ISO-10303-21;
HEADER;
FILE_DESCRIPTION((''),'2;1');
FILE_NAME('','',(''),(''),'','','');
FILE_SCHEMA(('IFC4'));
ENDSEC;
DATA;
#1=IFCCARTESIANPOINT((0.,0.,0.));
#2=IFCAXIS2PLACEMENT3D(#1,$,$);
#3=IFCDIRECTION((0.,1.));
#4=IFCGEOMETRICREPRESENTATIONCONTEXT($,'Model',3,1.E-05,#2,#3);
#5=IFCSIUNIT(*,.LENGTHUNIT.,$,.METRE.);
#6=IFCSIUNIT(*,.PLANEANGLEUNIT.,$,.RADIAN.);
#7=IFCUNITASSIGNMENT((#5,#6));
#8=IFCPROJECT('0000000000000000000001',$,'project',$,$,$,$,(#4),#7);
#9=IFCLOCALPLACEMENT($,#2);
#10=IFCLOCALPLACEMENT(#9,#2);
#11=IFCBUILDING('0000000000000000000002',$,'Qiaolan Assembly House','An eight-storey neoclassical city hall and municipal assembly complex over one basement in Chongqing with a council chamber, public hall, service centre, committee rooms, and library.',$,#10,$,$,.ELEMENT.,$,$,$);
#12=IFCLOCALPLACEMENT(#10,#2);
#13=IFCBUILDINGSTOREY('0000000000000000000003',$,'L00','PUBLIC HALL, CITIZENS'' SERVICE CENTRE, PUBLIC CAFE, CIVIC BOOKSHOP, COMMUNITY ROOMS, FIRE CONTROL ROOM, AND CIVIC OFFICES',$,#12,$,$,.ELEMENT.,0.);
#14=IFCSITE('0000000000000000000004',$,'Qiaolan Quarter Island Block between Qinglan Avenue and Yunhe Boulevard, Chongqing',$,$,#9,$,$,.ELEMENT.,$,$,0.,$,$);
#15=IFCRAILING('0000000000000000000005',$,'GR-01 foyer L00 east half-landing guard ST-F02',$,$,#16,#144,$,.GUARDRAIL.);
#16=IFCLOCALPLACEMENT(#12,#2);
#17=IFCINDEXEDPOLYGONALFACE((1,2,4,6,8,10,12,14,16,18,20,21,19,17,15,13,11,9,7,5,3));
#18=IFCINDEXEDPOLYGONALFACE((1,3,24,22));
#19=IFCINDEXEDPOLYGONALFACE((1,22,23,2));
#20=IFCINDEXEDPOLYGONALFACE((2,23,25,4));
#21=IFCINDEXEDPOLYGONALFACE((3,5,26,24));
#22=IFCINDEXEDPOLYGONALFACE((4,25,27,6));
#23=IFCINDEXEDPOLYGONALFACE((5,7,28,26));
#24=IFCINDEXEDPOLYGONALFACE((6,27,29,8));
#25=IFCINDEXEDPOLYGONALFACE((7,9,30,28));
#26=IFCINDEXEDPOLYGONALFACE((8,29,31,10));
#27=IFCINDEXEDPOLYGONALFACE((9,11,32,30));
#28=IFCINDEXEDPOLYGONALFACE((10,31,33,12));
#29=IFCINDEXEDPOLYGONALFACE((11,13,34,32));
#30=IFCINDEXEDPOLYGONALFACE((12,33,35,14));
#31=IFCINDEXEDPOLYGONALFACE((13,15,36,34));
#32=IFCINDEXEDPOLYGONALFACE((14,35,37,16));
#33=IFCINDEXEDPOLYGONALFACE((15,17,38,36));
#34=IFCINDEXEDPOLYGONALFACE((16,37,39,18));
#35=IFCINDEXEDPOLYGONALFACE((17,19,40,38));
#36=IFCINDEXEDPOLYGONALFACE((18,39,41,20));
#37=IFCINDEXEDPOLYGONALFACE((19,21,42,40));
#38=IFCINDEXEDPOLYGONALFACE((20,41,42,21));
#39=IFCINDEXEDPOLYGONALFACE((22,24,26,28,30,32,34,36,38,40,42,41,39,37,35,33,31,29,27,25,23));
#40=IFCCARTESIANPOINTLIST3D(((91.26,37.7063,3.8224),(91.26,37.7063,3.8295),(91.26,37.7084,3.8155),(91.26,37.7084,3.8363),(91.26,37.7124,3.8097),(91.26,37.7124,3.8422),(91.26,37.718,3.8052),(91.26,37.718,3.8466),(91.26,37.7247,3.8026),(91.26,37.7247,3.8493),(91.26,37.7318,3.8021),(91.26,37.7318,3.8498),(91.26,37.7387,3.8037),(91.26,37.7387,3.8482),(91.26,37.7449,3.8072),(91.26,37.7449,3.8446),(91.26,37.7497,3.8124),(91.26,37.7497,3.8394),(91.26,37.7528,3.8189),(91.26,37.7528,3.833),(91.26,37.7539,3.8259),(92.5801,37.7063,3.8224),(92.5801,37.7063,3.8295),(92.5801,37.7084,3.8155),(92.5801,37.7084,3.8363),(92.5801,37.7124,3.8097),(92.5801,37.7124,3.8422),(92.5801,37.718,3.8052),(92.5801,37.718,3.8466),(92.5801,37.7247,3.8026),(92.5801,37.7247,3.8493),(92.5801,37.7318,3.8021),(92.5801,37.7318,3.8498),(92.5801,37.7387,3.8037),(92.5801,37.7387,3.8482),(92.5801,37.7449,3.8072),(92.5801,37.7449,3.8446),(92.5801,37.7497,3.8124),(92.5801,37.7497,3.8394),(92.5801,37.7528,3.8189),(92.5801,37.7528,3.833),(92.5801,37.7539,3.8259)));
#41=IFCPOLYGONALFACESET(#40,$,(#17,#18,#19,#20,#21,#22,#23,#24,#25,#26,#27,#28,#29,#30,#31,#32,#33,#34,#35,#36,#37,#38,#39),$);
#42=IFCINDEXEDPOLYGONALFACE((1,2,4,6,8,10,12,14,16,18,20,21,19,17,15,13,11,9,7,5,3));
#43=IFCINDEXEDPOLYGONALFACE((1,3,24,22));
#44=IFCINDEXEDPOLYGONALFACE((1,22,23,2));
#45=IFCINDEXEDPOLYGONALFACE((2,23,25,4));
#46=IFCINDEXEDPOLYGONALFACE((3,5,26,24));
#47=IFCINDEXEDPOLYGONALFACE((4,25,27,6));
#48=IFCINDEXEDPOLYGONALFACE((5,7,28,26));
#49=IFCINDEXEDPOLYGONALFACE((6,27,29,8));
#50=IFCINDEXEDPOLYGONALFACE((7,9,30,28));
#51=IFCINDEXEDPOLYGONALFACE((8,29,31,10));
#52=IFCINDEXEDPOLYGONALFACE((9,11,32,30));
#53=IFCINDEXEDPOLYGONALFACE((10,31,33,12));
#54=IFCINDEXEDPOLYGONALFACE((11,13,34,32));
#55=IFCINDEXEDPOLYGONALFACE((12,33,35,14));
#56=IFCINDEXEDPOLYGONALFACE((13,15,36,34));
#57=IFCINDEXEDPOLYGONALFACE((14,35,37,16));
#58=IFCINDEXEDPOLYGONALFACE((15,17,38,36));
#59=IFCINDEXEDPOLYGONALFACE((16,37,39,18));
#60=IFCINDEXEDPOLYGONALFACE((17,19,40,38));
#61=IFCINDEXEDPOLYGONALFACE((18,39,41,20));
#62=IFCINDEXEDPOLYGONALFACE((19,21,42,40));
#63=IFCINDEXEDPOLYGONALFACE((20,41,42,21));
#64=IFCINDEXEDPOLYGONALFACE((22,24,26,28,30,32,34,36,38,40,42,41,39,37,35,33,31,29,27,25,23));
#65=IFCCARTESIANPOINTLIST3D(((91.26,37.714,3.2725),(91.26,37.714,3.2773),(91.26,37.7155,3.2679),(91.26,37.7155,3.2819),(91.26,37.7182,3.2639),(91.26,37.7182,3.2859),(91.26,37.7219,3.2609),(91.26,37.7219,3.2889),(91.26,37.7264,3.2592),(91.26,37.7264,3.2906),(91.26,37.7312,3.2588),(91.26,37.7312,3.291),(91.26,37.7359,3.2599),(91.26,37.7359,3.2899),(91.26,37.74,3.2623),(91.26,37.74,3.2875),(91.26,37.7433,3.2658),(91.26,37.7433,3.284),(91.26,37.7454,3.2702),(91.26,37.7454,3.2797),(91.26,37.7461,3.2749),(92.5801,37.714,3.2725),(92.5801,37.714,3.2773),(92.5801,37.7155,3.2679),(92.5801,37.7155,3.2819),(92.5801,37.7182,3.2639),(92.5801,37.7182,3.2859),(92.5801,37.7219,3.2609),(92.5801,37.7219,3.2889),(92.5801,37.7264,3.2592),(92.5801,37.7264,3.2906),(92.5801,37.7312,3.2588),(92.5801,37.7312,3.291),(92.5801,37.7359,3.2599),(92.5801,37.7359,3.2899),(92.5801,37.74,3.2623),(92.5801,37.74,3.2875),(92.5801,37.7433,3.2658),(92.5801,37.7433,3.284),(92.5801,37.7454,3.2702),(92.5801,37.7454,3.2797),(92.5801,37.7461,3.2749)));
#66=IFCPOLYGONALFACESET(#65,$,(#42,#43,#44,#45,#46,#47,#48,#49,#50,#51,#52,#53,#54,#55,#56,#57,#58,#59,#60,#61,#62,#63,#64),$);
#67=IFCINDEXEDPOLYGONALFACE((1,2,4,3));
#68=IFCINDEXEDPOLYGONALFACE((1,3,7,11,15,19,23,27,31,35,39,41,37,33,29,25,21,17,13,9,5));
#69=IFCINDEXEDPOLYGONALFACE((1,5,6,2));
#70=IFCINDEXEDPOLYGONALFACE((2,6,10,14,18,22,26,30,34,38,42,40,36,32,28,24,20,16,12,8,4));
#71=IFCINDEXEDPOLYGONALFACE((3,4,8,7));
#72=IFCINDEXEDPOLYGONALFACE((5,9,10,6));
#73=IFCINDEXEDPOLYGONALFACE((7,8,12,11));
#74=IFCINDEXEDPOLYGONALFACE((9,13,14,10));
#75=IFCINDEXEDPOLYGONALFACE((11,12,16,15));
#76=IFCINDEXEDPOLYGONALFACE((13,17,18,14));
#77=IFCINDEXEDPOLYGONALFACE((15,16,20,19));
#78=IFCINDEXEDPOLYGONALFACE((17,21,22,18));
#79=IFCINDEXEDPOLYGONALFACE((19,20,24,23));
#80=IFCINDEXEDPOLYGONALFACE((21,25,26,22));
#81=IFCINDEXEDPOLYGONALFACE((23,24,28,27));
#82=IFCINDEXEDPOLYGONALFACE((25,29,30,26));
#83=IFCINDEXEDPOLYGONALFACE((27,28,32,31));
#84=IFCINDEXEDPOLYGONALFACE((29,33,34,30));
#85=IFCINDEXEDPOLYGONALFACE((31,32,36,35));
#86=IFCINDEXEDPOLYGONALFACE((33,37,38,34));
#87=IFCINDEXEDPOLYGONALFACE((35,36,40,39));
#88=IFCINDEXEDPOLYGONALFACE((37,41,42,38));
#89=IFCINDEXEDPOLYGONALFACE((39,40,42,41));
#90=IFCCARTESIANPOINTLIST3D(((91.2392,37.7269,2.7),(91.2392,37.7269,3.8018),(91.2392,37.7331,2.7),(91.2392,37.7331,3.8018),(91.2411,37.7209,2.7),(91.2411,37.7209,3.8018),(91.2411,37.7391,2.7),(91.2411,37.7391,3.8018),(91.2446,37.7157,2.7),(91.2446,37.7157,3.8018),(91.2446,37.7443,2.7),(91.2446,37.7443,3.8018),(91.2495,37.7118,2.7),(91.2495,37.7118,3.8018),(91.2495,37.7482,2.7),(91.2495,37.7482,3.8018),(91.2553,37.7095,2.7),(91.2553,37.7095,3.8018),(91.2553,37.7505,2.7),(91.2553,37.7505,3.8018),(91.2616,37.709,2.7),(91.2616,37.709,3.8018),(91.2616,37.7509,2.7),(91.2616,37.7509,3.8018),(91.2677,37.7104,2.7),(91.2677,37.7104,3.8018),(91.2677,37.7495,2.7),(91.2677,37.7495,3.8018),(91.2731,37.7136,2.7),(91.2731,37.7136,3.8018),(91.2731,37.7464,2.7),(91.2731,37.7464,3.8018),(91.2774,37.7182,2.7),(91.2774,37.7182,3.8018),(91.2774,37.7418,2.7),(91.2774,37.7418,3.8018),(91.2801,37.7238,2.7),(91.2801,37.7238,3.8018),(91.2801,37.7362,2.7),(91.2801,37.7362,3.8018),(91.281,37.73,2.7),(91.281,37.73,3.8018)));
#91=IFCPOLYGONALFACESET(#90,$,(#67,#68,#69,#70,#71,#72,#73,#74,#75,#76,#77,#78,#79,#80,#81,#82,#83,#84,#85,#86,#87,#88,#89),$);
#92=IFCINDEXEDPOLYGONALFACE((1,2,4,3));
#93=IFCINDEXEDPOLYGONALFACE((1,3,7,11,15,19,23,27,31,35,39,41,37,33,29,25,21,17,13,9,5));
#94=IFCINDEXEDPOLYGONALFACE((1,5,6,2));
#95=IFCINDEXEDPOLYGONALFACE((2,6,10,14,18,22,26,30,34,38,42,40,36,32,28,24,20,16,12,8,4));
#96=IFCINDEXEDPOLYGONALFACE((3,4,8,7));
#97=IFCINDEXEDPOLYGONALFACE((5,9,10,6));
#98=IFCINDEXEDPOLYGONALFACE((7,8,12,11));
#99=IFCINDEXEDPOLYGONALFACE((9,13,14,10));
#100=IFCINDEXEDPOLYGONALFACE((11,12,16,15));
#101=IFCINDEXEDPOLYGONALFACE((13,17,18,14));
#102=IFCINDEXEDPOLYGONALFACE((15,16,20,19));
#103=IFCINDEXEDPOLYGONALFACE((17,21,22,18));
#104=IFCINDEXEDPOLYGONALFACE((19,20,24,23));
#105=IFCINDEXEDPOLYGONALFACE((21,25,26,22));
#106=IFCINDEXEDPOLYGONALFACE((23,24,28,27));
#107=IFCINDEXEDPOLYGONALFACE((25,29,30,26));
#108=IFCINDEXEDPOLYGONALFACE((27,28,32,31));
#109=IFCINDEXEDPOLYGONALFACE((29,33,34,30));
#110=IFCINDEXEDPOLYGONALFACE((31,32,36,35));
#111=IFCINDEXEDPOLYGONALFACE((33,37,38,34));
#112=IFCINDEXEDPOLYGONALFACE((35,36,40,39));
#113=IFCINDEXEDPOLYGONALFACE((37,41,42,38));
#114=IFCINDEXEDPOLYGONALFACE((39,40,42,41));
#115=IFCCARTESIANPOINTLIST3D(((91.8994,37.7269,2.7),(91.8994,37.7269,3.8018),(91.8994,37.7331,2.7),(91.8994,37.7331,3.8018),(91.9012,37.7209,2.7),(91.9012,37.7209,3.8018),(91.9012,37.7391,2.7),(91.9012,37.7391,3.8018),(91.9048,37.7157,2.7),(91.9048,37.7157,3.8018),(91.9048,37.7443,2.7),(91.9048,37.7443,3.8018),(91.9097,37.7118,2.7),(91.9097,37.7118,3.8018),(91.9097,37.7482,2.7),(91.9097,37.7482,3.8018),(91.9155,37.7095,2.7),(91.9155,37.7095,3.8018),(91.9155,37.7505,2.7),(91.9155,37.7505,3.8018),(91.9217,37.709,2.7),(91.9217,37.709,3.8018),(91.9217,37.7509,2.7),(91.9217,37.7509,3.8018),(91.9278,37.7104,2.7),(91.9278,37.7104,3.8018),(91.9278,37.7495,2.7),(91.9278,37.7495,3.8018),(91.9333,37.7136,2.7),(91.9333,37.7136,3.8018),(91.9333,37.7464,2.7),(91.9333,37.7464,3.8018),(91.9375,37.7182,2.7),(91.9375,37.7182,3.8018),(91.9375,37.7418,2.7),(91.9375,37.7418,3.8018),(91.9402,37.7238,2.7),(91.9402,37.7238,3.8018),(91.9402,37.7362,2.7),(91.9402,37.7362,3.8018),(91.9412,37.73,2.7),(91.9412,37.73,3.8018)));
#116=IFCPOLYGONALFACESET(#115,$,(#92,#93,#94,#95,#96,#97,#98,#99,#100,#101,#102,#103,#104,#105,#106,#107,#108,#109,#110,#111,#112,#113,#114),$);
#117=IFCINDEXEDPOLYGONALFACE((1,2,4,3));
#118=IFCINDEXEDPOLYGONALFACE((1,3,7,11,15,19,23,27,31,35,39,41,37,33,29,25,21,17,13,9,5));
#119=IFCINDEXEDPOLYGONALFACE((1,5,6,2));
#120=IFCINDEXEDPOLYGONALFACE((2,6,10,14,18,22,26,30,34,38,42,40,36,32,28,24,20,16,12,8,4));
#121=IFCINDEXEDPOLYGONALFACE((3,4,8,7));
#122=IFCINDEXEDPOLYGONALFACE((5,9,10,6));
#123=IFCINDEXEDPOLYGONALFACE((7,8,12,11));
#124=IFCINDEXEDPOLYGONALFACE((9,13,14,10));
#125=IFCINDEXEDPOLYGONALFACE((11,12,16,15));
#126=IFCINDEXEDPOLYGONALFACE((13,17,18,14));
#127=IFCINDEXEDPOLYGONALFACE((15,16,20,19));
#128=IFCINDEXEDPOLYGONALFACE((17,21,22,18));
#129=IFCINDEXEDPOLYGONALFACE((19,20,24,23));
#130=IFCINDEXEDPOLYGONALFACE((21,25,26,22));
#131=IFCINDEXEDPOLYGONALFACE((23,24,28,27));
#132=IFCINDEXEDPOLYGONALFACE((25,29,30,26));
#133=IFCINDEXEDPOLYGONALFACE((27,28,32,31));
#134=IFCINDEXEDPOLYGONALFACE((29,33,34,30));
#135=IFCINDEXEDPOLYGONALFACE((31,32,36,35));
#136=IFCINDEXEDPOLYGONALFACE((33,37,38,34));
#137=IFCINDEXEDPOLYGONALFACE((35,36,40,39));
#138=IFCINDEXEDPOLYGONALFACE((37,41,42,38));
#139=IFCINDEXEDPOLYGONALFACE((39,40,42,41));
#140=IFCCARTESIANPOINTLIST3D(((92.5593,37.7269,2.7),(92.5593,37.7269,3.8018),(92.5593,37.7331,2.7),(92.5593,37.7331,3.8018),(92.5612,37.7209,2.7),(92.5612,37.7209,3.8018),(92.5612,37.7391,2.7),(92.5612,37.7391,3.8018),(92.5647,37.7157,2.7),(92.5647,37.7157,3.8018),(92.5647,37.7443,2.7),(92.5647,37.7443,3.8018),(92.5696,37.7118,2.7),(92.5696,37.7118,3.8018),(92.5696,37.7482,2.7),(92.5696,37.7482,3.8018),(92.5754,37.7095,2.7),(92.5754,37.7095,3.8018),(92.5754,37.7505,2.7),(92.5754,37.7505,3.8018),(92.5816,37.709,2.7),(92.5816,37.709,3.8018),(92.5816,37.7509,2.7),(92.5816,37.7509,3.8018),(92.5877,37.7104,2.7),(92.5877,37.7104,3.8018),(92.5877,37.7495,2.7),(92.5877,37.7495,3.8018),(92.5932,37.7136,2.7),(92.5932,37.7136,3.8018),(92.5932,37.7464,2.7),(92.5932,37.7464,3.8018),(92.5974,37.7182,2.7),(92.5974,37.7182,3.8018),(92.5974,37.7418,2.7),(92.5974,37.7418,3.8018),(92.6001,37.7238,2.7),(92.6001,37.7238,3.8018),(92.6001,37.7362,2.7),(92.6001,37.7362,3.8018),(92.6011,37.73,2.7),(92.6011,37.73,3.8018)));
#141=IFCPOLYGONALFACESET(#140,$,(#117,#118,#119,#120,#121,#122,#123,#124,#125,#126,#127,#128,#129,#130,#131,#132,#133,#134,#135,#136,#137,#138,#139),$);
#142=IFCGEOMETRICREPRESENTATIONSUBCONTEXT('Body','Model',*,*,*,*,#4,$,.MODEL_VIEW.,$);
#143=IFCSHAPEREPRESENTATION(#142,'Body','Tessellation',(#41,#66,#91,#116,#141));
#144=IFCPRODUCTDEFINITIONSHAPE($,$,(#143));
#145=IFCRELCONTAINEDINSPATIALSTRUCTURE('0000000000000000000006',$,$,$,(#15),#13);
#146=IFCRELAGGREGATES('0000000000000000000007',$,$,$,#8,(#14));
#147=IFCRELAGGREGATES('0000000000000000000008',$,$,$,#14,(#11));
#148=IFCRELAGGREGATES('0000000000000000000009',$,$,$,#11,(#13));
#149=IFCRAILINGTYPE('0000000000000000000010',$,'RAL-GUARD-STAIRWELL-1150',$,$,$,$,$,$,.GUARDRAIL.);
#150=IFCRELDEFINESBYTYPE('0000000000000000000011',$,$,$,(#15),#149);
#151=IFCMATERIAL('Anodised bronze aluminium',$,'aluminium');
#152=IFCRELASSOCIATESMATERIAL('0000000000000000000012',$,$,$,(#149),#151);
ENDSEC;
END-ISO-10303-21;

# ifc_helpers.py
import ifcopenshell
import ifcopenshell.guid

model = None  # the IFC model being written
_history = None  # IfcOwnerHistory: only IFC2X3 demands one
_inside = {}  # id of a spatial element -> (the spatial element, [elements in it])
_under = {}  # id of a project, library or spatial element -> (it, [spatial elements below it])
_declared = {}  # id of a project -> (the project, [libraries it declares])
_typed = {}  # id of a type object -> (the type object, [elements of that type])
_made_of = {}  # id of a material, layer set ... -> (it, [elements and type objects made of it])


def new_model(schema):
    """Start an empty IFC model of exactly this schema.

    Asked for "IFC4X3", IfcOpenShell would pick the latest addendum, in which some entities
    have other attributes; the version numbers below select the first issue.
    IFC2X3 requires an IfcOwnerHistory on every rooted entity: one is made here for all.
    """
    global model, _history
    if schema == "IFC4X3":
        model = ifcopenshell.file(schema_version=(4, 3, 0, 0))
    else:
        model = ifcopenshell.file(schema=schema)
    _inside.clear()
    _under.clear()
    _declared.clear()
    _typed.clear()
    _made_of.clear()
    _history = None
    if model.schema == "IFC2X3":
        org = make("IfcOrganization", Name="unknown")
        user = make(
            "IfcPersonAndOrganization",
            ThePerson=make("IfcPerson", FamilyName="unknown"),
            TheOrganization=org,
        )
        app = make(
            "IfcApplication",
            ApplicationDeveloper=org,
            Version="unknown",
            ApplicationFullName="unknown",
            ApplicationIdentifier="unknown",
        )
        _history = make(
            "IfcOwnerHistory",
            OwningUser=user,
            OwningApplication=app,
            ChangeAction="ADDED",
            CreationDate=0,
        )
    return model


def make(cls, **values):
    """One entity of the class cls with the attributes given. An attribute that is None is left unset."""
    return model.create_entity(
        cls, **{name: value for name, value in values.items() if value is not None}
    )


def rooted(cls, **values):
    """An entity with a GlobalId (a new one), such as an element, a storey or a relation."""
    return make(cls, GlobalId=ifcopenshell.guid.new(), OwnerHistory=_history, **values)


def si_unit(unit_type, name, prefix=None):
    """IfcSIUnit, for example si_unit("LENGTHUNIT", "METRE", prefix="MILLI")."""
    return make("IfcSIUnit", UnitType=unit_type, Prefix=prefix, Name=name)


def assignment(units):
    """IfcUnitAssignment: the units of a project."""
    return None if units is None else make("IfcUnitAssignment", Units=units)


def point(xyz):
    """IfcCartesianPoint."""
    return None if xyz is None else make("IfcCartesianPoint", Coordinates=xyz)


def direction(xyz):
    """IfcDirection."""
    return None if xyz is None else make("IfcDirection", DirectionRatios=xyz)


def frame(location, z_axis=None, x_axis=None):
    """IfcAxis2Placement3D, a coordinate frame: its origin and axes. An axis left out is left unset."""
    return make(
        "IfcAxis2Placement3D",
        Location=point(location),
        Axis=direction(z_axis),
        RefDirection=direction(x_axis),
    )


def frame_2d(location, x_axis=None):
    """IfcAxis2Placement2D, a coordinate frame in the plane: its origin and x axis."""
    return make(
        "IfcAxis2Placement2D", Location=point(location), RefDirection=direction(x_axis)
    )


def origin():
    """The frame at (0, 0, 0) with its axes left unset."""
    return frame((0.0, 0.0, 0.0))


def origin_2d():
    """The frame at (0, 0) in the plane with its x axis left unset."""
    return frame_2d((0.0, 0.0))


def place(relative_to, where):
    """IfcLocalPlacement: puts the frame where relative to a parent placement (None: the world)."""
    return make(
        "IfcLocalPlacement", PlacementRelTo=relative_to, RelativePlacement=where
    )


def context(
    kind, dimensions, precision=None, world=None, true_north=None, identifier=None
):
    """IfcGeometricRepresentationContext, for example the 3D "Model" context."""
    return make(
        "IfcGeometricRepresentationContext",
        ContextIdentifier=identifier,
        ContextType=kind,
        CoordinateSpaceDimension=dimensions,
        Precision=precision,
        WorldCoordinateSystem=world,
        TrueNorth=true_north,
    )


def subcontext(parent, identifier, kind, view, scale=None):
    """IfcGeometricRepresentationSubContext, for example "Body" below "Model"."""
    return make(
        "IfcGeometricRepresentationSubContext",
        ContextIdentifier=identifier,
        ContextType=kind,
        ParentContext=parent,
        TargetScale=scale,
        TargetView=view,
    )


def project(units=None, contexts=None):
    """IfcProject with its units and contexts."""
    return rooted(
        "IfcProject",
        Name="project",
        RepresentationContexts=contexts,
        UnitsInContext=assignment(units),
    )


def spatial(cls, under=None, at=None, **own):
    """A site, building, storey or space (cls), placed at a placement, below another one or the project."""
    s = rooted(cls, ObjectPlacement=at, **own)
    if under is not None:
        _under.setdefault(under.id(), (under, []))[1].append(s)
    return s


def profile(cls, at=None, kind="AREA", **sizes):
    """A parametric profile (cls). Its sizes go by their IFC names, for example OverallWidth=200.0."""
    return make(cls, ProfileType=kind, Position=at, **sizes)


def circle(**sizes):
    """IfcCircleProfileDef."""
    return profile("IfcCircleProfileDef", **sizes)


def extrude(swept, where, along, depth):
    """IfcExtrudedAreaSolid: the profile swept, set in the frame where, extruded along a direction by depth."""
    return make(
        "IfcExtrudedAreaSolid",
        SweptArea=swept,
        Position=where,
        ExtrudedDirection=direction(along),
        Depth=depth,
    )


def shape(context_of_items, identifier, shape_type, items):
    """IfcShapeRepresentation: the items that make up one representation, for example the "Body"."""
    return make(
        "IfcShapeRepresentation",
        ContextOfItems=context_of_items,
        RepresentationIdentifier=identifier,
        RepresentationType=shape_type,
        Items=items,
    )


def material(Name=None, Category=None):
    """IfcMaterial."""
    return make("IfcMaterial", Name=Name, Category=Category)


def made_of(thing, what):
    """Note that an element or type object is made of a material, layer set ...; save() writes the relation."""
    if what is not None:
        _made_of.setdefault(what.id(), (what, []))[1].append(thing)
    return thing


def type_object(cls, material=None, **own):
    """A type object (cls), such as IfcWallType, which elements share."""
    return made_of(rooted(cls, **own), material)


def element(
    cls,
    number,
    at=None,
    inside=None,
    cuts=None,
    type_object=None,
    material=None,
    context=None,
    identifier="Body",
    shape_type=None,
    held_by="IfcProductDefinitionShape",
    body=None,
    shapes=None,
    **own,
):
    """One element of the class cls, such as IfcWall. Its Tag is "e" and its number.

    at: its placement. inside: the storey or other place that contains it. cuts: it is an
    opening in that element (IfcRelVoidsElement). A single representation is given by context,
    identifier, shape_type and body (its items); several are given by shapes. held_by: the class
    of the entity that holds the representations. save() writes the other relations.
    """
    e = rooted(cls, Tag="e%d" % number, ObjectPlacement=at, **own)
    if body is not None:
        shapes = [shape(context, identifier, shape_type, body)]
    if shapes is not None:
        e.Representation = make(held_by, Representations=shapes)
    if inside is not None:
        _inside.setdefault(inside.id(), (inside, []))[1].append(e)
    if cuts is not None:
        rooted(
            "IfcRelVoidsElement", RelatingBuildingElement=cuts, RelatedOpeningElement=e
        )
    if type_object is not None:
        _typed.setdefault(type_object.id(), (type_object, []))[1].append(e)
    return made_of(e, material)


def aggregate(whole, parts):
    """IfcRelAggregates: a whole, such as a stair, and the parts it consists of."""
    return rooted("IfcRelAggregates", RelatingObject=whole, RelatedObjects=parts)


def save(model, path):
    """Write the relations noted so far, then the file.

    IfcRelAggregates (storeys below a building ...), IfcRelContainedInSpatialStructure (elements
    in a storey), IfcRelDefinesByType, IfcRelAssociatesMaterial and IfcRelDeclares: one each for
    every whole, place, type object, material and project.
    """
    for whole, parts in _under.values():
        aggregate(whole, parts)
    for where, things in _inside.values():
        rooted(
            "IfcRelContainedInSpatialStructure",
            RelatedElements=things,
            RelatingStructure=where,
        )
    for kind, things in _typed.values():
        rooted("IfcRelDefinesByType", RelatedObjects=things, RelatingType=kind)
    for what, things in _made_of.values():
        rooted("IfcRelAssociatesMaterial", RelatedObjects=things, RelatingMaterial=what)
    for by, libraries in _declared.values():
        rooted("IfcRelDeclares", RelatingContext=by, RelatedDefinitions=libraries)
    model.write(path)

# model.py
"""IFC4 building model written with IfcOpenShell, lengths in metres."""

from ifc_helpers import new_model, si_unit, direction, frame, origin, origin_2d, place, context, subcontext, project, spatial, circle, extrude, material, type_object, element, save


model = new_model("IFC4")

# Units and contexts
model_context = context("Model", 3, precision=1e-05, world=origin(), true_north=direction((0.0, 1.0)))
body_context = subcontext(model_context, "Body", "Model", "MODEL_VIEW")
ifc_project = project(units=[si_unit("LENGTHUNIT", "METRE"), si_unit("PLANEANGLEUNIT", "RADIAN")], contexts=[model_context])

# Site, building, storey
site_placement = place(None, origin())
site = spatial("IfcSite", under=ifc_project, at=site_placement, Name="Qiaolan Quarter Island Block between Qinglan Avenue and Yunhe Boulevard, Chongqing", CompositionType="ELEMENT", RefElevation=0.0)
building_placement = place(site_placement, origin())
building = spatial("IfcBuilding", under=site, at=building_placement, Name="Qiaolan Assembly House", Description="An eight-storey neoclassical city hall and municipal assembly complex over one basement in Chongqing with a council chamber, public hall, service centre, committee rooms, and library.", CompositionType="ELEMENT")
storey_placement = place(building_placement, origin())
storey = spatial("IfcBuildingStorey", under=building, at=storey_placement, Name="L00", Description="PUBLIC HALL, CITIZENS' SERVICE CENTRE, PUBLIC CAFE, CIVIC BOOKSHOP, COMMUNITY ROOMS, FIRE CONTROL ROOM, AND CIVIC OFFICES", CompositionType="ELEMENT", Elevation=0.0)

# Railing
ifc_material_1 = material(Name="Anodised bronze aluminium", Category="aluminium")
railing_type = type_object("IfcRailingType", Name="RAL-GUARD-STAIRWELL-1150", PredefinedType="GUARDRAIL", material=ifc_material_1)
railing_1_placement = place(storey_placement, frame((91.26, 37.73, 2.7)))
element("IfcRailing", 1, at=railing_1_placement, inside=storey, type_object=railing_type, Name="GR-01 foyer L00 east half-landing guard ST-F02", PredefinedType="GUARDRAIL", context=body_context, shape_type="SweptSolid", body=[
    extrude(circle(Radius=0.0239, at=origin_2d()), frame((0.0, 0.0, 1.126), z_axis=(1.0, 0.0, 0.0), x_axis=(0.0, 1.0, 0.0)), (0.0, 0.0, 1.0), 1.3201),
    extrude(circle(Radius=0.0161, at=origin_2d()), frame((0.0, 0.0, 0.575), z_axis=(1.0, 0.0, 0.0), x_axis=(0.0, 1.0, 0.0)), (0.0, 0.0, 1.0), 1.3201),
    extrude(circle(Radius=0.021, at=origin_2d()), origin(), (0.0, 0.0, 1.0), 1.1018),
    extrude(circle(Radius=0.021, at=origin_2d()), frame((0.6602, 0.0, 0.0)), (0.0, 0.0, 1.0), 1.1018),
    extrude(circle(Radius=0.021, at=origin_2d()), frame((1.3201, 0.0, 0.0)), (0.0, 0.0, 1.0), 1.1018),
])

save(model, "model.ifc")
